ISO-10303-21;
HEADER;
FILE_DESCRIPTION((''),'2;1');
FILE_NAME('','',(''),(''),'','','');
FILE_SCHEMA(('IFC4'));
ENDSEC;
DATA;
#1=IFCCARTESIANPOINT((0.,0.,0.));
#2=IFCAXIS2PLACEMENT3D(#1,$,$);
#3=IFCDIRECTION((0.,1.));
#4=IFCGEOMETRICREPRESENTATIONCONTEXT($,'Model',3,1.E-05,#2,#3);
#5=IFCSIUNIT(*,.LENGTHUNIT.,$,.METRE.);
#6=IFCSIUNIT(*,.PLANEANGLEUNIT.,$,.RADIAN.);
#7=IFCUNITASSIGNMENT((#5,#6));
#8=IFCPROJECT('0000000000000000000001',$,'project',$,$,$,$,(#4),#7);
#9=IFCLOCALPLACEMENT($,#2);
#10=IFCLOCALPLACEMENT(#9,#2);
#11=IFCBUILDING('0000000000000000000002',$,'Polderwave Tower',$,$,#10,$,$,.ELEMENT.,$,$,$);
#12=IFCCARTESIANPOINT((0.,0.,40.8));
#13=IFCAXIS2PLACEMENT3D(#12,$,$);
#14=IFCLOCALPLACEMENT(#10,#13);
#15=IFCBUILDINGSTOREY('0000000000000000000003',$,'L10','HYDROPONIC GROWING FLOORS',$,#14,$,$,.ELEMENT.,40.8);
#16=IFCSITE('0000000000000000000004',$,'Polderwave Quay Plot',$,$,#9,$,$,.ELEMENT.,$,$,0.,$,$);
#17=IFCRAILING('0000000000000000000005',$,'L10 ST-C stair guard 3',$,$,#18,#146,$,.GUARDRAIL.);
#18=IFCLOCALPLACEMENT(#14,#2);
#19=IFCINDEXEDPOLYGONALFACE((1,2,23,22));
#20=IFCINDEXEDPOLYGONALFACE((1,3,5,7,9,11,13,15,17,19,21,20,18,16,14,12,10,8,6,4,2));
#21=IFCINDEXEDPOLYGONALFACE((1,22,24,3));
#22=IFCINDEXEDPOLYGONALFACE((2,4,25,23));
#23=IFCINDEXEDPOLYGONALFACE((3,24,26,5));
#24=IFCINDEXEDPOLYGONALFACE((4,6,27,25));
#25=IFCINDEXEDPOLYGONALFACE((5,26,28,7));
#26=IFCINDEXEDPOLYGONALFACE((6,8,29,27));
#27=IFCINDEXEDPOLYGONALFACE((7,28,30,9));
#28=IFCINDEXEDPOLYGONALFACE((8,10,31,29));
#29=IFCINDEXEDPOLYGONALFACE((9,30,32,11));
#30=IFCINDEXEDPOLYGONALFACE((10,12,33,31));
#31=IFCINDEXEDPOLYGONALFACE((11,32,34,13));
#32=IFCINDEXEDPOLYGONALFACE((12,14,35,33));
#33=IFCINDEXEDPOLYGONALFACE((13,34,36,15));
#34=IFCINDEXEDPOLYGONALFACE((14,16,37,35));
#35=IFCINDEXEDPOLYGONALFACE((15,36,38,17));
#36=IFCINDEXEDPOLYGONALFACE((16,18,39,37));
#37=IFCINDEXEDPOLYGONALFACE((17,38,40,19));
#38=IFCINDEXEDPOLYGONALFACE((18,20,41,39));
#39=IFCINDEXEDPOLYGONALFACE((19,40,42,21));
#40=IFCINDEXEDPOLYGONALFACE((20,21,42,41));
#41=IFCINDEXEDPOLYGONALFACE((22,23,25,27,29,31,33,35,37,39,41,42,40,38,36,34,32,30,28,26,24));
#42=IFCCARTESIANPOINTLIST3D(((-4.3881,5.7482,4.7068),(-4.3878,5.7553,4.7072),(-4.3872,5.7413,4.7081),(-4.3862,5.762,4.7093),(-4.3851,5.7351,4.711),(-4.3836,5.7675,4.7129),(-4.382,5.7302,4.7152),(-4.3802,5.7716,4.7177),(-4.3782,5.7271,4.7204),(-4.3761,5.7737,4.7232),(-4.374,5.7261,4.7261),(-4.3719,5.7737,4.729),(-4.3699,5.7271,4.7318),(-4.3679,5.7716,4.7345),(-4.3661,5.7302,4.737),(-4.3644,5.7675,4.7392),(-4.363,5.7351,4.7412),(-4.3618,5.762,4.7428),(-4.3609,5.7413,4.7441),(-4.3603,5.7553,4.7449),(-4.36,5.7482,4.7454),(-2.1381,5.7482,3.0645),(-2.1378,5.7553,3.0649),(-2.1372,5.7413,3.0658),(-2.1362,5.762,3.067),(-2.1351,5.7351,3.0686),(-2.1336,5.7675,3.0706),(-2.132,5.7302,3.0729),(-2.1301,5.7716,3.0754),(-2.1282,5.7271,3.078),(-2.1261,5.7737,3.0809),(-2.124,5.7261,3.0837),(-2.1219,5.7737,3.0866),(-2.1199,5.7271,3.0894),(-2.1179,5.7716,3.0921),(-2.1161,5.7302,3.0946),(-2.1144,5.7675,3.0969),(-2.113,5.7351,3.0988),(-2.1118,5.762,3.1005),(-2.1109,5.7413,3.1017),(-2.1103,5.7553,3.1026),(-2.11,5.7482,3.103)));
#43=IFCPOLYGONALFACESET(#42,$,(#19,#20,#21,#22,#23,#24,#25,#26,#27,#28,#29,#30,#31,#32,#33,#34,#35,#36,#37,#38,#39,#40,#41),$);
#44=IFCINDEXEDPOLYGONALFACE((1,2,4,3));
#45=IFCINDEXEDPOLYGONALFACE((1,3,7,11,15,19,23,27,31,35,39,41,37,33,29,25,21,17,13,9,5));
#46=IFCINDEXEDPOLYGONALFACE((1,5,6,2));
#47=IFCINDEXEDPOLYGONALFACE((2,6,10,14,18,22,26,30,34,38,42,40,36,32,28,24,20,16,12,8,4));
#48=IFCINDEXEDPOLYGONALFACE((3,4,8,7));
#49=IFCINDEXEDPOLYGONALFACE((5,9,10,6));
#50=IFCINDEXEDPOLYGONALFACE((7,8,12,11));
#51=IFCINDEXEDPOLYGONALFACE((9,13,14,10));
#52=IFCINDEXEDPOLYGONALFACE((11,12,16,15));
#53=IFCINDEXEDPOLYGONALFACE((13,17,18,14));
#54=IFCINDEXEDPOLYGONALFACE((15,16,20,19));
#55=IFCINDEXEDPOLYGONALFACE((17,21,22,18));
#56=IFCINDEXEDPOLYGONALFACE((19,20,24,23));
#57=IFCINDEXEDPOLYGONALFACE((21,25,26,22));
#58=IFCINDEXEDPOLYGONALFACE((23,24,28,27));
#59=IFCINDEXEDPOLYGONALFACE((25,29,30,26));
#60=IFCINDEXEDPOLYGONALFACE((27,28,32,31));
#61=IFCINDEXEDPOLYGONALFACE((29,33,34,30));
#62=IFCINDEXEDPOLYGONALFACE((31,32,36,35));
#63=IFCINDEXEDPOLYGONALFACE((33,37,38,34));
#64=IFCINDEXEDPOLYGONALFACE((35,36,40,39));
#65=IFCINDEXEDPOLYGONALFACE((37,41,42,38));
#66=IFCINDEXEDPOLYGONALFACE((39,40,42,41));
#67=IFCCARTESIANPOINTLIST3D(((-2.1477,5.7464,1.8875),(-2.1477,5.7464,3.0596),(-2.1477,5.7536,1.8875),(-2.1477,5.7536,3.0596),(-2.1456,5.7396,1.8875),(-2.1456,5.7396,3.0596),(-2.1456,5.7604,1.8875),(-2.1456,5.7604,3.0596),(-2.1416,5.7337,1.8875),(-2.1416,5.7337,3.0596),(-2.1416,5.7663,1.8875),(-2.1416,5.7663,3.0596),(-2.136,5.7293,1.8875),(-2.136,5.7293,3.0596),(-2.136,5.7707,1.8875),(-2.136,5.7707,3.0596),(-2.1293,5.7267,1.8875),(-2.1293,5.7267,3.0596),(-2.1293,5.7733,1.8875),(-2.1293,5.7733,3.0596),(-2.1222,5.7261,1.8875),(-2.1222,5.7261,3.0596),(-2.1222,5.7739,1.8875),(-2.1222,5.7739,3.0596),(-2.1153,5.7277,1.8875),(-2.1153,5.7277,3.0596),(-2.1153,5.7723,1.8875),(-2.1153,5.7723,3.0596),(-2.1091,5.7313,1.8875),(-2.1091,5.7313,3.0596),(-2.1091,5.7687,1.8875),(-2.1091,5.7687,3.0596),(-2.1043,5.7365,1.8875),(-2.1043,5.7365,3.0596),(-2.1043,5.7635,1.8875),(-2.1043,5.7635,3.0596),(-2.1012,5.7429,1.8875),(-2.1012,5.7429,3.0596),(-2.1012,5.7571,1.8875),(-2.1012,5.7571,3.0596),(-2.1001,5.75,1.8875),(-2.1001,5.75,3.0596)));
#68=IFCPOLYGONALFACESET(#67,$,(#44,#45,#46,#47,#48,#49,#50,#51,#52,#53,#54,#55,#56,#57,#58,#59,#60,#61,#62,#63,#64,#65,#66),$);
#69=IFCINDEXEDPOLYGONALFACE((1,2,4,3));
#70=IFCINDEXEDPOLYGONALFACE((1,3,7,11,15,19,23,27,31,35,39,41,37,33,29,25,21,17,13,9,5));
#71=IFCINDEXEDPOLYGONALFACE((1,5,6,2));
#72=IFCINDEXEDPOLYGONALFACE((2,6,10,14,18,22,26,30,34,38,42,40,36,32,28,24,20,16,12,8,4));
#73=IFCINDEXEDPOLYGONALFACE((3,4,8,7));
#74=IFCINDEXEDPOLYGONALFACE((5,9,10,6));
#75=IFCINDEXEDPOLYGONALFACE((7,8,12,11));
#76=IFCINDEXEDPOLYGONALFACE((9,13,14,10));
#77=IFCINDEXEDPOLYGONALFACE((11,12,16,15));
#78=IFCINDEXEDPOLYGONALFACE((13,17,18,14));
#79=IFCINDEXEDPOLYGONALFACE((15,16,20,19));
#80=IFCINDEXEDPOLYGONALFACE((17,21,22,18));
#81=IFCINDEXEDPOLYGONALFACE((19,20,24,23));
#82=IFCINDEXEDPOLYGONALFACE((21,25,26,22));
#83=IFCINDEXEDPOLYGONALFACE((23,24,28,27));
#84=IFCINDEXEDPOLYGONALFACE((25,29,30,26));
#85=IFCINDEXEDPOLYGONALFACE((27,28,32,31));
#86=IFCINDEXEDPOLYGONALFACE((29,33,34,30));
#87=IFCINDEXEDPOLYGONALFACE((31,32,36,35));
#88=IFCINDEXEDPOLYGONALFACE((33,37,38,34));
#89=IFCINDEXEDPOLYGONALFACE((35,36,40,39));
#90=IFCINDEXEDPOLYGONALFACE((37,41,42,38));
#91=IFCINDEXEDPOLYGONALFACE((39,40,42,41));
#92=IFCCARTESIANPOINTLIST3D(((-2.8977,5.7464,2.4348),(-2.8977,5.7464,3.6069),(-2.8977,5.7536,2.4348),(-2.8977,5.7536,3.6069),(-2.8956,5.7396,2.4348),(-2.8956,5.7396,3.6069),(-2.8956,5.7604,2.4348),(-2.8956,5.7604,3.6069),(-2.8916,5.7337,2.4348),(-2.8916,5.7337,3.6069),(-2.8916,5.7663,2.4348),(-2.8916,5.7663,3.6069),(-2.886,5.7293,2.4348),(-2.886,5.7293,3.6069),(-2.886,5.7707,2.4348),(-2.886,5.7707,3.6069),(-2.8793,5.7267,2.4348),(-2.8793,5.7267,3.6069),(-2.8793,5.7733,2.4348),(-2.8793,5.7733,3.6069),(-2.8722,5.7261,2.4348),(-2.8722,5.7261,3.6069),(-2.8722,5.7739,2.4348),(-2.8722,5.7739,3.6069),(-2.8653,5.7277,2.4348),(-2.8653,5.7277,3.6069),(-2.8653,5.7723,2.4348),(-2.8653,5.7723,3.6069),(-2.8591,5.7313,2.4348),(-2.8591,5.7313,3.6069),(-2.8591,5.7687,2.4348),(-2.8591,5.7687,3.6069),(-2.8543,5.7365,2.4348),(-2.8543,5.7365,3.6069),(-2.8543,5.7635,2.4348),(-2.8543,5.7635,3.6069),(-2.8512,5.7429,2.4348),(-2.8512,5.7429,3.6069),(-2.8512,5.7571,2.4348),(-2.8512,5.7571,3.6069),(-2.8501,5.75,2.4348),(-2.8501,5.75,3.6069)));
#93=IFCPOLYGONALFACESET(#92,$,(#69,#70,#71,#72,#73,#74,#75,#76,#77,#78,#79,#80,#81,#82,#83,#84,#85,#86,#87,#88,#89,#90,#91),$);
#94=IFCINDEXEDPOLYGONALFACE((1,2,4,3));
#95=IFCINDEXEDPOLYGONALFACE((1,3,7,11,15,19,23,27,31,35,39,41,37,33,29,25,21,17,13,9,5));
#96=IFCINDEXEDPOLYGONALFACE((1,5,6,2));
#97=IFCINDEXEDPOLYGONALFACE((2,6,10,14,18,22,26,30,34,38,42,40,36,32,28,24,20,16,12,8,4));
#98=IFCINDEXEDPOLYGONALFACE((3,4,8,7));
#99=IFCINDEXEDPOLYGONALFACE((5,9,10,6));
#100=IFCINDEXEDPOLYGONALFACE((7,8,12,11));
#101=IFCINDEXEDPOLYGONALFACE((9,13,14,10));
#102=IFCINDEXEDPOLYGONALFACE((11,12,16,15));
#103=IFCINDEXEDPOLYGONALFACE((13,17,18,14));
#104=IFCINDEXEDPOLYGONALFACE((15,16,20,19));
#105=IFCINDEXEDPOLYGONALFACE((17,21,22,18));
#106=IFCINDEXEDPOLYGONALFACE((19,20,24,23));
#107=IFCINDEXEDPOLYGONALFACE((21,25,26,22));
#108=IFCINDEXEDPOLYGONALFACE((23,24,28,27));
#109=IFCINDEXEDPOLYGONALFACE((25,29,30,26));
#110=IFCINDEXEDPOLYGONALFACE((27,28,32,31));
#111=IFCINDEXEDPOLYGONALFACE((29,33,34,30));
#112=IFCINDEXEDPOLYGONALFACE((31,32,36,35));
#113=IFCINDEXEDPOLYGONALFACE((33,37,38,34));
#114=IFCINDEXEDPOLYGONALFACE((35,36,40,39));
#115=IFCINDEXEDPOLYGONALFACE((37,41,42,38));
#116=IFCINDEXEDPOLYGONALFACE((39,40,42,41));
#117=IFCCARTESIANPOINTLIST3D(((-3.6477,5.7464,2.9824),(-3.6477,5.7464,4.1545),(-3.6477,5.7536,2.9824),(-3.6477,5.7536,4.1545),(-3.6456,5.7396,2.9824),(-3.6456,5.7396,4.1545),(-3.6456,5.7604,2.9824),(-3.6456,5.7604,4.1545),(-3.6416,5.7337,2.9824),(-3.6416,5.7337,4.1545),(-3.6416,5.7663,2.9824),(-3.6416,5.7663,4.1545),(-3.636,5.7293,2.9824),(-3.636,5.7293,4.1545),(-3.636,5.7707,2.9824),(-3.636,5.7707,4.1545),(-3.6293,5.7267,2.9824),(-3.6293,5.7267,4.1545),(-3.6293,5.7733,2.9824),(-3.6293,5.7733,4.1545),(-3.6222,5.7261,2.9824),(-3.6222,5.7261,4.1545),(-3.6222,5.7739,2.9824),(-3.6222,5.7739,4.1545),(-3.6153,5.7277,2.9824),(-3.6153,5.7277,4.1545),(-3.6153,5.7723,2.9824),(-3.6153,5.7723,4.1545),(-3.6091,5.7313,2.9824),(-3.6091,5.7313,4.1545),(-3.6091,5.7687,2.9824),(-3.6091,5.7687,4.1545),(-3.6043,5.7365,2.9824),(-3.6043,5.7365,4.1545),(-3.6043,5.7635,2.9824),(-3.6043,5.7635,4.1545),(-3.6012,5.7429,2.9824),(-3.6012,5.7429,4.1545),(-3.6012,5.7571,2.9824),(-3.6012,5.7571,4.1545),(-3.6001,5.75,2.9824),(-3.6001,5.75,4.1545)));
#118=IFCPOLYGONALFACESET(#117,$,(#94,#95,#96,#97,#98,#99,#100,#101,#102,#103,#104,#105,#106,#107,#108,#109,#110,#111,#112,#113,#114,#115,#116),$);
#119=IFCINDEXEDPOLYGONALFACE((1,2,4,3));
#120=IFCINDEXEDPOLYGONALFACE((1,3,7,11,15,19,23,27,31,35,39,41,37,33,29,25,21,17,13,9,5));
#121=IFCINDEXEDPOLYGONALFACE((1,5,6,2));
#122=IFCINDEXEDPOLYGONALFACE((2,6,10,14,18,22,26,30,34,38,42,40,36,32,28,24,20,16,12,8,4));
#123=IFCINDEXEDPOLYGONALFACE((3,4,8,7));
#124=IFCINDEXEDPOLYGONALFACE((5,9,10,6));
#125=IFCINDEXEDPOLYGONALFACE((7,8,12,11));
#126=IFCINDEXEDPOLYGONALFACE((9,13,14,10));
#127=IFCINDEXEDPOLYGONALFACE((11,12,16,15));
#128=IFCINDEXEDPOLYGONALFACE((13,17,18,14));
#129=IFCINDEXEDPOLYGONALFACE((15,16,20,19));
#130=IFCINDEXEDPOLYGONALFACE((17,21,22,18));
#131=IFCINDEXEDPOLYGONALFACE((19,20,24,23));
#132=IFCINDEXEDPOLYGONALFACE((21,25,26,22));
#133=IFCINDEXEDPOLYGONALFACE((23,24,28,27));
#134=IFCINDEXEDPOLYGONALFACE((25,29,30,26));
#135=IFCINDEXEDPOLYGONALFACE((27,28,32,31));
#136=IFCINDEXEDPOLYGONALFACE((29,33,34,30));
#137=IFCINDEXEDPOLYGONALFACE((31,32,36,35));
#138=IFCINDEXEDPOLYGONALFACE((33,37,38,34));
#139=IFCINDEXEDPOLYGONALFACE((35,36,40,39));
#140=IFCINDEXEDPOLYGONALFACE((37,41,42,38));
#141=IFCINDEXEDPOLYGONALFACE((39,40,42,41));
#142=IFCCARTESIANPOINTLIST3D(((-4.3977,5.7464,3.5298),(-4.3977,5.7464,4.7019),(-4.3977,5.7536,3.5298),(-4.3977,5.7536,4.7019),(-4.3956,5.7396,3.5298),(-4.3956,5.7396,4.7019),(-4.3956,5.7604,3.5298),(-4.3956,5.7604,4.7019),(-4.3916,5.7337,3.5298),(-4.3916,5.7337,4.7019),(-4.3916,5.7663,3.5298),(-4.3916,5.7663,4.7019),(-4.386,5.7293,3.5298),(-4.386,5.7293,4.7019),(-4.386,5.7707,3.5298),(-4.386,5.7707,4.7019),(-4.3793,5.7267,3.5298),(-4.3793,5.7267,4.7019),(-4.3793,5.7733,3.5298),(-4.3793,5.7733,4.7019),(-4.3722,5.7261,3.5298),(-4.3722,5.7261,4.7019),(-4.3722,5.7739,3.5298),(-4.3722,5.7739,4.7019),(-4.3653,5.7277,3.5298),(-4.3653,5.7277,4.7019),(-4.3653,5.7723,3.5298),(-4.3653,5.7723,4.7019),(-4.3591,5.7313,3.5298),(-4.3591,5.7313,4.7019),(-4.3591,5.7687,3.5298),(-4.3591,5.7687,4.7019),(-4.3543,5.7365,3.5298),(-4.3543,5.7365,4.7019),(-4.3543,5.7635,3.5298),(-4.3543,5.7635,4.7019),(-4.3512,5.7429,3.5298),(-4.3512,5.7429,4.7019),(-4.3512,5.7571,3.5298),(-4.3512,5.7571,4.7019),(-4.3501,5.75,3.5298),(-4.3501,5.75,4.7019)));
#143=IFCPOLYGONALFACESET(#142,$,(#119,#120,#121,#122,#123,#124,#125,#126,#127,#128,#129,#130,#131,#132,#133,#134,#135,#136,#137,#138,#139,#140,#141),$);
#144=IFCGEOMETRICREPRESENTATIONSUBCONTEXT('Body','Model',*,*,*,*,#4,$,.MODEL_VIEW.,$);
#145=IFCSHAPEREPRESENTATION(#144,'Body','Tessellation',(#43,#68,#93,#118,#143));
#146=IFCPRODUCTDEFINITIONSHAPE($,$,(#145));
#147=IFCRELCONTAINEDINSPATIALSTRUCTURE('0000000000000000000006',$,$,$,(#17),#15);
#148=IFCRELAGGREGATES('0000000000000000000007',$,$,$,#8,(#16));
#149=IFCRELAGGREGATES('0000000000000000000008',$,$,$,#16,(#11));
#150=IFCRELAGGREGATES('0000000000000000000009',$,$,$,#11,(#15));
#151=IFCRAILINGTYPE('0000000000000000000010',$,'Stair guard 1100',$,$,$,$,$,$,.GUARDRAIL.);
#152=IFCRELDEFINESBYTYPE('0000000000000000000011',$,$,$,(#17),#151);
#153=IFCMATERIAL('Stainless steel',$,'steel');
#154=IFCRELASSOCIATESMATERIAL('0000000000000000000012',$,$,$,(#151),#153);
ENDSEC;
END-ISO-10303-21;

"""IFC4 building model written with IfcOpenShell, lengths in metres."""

from ifc_helpers import new_model, si_unit, direction, frame, origin, origin_2d, place, context, subcontext, project, spatial, circle, extrude, material, type_object, element, save


model = new_model("IFC4")

# Units and contexts
model_context = context("Model", 3, precision=1e-05, world=origin(), true_north=direction((0.0, 1.0)))
body_context = subcontext(model_context, "Body", "Model", "MODEL_VIEW")
ifc_project = project(units=[si_unit("LENGTHUNIT", "METRE"), si_unit("PLANEANGLEUNIT", "RADIAN")], contexts=[model_context])

# Site, building, storey
site_placement = place(None, origin())
site = spatial("IfcSite", under=ifc_project, at=site_placement, Name="Polderwave Quay Plot", CompositionType="ELEMENT", RefElevation=0.0)
building_placement = place(site_placement, origin())
building = spatial("IfcBuilding", under=site, at=building_placement, Name="Polderwave Tower", CompositionType="ELEMENT")
storey_placement = place(building_placement, frame((0.0, 0.0, 40.8)))
storey = spatial("IfcBuildingStorey", under=building, at=storey_placement, Name="L10", Description="HYDROPONIC GROWING FLOORS", CompositionType="ELEMENT", Elevation=40.8)

# Railing
ifc_material_1 = material(Name="Stainless steel", Category="steel")
railing_type_1 = type_object("IfcRailingType", Name="Stair guard 1100", PredefinedType="GUARDRAIL", material=ifc_material_1)
railing_1_placement = place(storey_placement, frame((-2.124, 5.75, 1.8875)))
element("IfcRailing", 1, at=railing_1_placement, inside=storey, type_object=railing_type_1, Name="L10 ST-C stair guard 3", PredefinedType="GUARDRAIL", context=body_context, shape_type="SweptSolid", body=[
    extrude(circle(Radius=0.0239, at=origin_2d()), frame((0.0, 0.0, 1.1963), z_axis=(-0.807715, 0.0, 0.589573), x_axis=(0.0, -1.0, 0.0)), (0.0, 0.0, 1.0), 2.7856),
    extrude(circle(Radius=0.0239, at=origin_2d()), origin(), (0.0, 0.0, 1.0), 1.1721),
    extrude(circle(Radius=0.0239, at=origin_2d()), frame((-0.75, 0.0, 0.5474)), (0.0, 0.0, 1.0), 1.1721),
    extrude(circle(Radius=0.0239, at=origin_2d()), frame((-1.5, 0.0, 1.095)), (0.0, 0.0, 1.0), 1.1721),
    extrude(circle(Radius=0.0239, at=origin_2d()), frame((-2.25, 0.0, 1.6423)), (0.0, 0.0, 1.0), 1.1721),
])

save(model, "model.ifc")
